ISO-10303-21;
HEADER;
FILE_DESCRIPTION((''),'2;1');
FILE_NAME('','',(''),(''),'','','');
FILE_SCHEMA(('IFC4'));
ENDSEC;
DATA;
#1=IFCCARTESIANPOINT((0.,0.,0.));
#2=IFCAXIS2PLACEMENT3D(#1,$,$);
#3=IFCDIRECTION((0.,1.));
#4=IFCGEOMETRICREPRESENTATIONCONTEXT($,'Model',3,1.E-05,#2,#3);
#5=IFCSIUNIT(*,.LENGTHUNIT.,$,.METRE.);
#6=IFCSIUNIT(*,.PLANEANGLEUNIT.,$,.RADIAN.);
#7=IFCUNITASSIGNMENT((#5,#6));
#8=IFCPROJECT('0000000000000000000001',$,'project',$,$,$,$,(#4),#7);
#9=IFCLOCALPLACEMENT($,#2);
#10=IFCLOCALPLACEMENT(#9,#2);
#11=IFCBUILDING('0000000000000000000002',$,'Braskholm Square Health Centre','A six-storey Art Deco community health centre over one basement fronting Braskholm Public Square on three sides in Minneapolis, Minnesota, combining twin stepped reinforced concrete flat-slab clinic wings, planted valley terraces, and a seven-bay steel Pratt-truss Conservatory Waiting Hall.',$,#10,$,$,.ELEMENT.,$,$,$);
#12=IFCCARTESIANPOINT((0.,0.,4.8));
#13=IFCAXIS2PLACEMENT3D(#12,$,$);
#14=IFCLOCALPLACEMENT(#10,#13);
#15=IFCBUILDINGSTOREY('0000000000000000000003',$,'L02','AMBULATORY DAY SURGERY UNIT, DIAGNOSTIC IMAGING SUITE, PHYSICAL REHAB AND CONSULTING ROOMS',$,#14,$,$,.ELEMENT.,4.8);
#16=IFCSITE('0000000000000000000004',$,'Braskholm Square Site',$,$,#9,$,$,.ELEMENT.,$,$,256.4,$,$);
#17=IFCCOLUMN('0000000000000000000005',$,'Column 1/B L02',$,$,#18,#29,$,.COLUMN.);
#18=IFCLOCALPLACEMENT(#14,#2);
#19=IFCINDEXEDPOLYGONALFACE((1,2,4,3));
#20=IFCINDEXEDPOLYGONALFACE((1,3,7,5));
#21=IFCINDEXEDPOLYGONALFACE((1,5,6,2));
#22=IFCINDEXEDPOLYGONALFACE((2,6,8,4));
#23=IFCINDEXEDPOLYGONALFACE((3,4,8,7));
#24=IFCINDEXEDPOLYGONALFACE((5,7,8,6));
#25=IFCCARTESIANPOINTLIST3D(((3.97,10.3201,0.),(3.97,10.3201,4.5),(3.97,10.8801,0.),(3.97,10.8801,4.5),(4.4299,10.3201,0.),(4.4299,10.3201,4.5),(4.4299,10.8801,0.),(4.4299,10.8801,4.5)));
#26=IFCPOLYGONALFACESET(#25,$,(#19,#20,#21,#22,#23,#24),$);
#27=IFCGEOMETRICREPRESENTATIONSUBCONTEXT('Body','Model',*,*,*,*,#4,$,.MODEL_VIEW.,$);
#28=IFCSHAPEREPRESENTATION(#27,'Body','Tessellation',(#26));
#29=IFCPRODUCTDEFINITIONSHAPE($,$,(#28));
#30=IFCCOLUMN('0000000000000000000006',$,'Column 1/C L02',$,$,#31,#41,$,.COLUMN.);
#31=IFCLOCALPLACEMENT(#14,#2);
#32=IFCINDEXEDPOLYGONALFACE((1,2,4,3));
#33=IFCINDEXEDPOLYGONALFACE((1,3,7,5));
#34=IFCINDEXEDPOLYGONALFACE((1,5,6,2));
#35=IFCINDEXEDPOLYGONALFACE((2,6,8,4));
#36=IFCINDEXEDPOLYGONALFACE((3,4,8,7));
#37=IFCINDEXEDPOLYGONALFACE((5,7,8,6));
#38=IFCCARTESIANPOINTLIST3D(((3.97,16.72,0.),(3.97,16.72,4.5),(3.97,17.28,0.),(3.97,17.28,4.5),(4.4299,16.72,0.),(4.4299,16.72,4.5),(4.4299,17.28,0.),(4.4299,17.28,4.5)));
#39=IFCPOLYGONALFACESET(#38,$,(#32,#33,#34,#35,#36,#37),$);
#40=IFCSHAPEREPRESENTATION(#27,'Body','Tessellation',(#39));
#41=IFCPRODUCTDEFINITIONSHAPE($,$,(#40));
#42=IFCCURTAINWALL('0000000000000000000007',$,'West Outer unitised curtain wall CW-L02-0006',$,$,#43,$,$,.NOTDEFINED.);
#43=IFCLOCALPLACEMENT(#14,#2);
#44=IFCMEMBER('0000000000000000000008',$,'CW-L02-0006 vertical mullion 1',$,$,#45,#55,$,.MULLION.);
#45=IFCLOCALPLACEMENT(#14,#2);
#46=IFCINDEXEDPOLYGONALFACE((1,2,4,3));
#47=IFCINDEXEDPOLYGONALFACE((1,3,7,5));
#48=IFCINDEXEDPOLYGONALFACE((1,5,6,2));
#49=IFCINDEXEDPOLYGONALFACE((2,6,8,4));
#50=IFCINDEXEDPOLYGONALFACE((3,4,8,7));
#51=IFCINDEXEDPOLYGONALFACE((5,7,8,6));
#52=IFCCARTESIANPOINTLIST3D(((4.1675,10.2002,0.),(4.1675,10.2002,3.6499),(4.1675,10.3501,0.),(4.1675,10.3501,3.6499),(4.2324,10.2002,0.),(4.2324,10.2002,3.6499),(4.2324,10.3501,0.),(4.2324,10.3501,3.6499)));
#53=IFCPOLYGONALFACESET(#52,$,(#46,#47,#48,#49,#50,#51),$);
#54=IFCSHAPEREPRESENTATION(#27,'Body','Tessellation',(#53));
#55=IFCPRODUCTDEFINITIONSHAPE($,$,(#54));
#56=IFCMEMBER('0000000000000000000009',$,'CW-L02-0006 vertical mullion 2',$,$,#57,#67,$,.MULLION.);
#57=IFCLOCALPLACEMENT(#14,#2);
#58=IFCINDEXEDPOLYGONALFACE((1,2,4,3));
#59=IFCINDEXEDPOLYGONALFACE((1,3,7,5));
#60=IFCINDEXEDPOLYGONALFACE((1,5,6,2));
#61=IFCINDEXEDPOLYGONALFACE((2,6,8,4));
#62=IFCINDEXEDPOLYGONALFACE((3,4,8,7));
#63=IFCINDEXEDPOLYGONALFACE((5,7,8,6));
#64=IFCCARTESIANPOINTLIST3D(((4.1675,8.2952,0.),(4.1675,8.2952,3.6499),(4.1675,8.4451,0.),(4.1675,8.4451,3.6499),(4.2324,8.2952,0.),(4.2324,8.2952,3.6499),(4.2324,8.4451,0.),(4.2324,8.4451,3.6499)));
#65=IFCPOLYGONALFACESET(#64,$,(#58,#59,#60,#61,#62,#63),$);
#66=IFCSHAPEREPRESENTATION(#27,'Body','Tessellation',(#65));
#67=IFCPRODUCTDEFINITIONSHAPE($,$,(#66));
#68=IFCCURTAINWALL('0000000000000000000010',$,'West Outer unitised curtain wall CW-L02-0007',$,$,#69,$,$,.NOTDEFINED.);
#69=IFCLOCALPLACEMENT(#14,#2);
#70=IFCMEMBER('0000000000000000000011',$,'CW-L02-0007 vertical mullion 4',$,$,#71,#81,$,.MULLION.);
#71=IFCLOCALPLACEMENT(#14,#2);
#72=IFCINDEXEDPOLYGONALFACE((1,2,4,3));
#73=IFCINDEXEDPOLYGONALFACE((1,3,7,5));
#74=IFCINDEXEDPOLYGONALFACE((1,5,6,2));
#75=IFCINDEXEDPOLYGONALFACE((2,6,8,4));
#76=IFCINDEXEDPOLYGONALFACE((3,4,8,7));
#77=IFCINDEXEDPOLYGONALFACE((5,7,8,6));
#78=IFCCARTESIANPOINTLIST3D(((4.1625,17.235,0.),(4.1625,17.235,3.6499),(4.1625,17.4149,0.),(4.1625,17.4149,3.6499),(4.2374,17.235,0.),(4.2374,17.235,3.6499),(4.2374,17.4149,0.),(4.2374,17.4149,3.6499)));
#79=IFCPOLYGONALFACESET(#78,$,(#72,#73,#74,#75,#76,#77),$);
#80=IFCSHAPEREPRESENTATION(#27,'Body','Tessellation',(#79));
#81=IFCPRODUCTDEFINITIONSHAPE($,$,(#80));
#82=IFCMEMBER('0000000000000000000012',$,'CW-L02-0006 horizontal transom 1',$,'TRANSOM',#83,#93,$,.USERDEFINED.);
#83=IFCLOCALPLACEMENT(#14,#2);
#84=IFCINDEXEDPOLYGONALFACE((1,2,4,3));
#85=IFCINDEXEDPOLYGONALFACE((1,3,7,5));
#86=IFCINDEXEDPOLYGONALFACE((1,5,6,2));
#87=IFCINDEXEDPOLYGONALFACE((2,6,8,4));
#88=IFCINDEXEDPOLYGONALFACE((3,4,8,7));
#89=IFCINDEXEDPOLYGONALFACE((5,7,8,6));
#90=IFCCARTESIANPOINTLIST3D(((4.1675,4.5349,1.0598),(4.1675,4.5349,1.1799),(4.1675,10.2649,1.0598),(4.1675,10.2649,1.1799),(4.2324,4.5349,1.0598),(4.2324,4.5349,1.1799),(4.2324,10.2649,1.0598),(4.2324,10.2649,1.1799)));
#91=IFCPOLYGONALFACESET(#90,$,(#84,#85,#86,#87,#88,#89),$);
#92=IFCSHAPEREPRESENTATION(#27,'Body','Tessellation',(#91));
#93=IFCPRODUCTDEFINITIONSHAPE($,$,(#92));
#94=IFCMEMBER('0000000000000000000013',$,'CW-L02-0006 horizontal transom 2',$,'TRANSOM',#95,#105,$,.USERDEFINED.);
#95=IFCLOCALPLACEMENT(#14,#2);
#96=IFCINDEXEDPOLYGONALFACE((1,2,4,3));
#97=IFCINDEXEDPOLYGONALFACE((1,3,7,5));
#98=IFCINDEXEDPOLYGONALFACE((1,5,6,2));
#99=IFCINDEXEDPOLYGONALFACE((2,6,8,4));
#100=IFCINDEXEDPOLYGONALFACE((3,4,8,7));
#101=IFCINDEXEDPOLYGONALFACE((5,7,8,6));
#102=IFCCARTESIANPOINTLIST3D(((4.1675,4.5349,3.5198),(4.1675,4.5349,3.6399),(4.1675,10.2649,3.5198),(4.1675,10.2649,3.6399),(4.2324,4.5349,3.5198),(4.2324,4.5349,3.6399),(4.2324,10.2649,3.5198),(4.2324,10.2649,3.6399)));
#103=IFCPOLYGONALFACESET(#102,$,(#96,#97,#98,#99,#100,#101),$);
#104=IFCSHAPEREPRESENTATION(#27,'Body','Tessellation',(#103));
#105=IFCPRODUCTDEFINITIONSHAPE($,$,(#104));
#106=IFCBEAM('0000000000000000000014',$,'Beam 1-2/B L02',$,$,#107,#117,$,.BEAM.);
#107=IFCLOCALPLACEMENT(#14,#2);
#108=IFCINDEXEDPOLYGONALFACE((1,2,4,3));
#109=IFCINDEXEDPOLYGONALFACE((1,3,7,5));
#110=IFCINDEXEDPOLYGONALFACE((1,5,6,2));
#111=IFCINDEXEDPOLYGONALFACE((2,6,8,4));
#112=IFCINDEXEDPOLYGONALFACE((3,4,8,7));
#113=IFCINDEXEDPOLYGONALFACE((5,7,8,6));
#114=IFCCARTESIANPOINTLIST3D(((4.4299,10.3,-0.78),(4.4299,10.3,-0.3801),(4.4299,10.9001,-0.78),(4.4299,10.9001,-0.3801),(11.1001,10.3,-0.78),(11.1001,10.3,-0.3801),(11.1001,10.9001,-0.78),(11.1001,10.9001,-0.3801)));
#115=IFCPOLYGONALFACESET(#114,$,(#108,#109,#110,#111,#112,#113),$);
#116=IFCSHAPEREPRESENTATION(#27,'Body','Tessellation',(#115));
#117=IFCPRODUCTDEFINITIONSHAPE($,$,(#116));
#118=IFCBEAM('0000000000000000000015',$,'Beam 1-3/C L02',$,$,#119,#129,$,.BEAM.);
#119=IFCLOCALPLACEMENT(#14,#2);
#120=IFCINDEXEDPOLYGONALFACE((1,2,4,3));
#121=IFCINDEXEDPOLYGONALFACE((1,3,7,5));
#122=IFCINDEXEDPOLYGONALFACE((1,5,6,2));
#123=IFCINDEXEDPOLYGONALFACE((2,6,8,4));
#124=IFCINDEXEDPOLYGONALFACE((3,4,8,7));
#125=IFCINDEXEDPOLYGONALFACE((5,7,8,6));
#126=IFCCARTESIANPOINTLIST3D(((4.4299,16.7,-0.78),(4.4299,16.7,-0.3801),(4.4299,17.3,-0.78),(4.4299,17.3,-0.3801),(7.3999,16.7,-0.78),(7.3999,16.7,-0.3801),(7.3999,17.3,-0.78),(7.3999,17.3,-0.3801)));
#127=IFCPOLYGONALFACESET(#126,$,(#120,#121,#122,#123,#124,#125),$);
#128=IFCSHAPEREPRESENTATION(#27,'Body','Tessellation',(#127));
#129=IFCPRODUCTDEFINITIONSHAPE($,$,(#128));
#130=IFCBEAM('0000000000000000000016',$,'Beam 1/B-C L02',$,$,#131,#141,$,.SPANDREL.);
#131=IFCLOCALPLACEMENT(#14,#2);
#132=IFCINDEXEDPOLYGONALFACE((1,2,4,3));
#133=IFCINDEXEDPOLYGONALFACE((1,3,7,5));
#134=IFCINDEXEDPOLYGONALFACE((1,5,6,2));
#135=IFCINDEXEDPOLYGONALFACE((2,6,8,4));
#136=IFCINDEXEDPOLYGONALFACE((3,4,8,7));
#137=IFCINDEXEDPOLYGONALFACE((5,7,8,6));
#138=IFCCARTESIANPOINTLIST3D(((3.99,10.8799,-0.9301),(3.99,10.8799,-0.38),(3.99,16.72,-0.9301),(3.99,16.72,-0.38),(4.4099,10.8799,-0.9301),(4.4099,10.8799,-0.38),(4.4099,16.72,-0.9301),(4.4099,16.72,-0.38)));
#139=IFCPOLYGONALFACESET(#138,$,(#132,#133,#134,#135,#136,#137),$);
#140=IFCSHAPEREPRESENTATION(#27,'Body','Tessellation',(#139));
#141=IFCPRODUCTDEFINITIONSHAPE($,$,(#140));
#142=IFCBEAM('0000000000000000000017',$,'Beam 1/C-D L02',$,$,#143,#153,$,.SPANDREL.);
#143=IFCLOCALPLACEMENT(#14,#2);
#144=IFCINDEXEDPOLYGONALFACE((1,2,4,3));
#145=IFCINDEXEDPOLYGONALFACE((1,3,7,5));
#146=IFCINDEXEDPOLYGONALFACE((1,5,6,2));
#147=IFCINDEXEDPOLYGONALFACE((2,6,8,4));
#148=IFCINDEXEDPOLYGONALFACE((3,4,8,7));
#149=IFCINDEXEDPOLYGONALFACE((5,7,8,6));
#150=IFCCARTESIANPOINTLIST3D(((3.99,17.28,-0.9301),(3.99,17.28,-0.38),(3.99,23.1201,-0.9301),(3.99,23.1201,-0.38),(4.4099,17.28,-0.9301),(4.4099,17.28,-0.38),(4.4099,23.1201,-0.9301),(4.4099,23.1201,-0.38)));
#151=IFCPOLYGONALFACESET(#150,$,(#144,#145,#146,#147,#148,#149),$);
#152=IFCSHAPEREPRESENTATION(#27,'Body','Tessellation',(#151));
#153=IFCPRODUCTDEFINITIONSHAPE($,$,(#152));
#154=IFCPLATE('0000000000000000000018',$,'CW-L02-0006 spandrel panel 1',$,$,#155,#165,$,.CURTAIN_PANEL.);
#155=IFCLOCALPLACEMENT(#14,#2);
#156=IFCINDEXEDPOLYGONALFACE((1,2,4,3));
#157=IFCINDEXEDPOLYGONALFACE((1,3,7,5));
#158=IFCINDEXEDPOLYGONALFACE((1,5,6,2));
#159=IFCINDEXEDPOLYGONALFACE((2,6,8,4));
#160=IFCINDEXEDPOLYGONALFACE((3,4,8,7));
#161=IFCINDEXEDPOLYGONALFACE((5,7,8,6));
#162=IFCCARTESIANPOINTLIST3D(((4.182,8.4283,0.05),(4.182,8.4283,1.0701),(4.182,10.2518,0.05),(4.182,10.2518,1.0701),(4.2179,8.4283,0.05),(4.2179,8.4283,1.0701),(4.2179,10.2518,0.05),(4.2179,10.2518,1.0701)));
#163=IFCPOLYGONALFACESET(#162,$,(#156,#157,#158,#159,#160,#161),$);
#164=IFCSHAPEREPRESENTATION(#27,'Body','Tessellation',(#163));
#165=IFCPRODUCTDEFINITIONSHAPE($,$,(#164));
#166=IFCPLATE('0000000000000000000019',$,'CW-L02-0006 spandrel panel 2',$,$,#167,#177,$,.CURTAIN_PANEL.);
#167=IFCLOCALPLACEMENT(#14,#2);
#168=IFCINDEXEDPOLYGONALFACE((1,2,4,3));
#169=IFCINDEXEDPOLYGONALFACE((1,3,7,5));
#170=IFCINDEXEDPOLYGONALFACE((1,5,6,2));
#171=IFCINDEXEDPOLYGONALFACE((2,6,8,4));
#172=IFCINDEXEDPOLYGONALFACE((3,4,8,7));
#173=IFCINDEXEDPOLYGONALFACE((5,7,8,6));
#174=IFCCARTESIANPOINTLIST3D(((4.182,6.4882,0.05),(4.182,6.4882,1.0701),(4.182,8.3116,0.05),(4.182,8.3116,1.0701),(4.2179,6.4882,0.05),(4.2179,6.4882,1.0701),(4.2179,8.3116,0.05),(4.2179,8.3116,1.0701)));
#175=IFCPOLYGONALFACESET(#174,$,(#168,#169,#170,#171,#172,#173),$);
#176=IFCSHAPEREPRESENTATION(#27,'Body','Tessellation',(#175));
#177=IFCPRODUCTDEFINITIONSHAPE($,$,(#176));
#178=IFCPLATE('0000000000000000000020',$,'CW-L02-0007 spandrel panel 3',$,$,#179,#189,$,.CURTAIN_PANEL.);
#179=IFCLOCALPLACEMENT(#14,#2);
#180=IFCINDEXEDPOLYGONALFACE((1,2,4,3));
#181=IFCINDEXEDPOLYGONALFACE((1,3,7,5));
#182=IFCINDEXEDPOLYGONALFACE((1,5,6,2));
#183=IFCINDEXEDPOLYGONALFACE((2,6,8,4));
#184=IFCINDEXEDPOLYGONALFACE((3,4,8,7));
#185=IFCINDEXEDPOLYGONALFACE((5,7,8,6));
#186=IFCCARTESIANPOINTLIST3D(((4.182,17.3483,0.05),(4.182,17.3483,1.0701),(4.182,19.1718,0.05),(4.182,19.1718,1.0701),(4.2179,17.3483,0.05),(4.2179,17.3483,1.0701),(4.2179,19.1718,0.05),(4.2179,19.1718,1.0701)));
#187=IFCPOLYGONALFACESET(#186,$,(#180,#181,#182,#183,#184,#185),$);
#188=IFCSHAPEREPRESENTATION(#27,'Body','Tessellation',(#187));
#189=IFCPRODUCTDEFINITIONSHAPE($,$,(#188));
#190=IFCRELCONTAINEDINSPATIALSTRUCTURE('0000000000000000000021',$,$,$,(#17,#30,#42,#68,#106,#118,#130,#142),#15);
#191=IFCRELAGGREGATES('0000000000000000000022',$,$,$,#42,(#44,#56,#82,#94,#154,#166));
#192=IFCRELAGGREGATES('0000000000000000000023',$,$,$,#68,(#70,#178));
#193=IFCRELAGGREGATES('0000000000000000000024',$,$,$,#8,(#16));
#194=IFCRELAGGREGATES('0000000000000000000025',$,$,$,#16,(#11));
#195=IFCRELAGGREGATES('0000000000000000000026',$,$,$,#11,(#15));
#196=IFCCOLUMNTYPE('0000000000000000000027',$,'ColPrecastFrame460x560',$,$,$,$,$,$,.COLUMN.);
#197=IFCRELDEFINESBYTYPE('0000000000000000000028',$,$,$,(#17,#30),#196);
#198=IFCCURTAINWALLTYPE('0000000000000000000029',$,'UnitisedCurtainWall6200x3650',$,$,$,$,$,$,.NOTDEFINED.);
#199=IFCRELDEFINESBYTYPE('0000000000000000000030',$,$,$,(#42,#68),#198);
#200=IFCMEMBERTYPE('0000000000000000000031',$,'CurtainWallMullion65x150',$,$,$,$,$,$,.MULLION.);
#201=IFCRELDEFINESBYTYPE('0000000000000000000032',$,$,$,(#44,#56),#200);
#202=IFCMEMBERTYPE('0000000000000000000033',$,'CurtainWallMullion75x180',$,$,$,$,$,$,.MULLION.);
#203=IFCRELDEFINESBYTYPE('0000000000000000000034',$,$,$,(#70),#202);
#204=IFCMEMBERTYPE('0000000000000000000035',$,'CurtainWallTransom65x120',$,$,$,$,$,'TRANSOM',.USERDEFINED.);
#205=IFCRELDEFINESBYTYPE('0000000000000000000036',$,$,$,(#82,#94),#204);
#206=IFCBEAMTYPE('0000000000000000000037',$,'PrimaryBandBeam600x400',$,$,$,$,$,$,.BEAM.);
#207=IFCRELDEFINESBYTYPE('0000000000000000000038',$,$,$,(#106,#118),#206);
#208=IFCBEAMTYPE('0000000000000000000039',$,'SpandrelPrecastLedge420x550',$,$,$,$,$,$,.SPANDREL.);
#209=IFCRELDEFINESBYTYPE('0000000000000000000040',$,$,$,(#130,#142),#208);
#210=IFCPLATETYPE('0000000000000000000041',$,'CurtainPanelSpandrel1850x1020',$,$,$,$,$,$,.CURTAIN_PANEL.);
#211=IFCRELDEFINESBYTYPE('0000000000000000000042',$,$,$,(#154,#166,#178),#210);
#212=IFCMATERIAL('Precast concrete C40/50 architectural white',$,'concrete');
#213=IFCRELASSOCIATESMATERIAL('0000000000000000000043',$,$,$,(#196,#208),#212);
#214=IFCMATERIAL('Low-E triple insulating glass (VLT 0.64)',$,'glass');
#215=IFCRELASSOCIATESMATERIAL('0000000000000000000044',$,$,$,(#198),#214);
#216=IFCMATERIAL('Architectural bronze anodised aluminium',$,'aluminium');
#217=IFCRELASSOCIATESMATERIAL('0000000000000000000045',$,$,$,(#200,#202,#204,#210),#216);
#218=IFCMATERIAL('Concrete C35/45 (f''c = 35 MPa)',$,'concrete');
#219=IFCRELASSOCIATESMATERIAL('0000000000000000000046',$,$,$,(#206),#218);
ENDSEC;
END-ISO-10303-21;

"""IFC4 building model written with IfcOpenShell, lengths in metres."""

from ifc_helpers import new_model, si_unit, direction, frame, origin, origin_2d, place, context, subcontext, project, spatial, rectangle, extrude, material, material_profile, profile_set, type_object, element, aggregate, save


model = new_model("IFC4")

# Units and contexts
model_context = context("Model", 3, precision=1e-05, world=origin(), true_north=direction((0.0, 1.0)))
body_context = subcontext(model_context, "Body", "Model", "MODEL_VIEW")
ifc_project = project(units=[si_unit("LENGTHUNIT", "METRE"), si_unit("PLANEANGLEUNIT", "RADIAN")], contexts=[model_context])

# Site, building, storey
site_placement = place(None, origin())
site = spatial("IfcSite", under=ifc_project, at=site_placement, Name="Braskholm Square Site", CompositionType="ELEMENT", RefElevation=256.4)
building_placement = place(site_placement, origin())
building = spatial("IfcBuilding", under=site, at=building_placement, Name="Braskholm Square Health Centre", Description="A six-storey Art Deco community health centre over one basement fronting Braskholm Public Square on three sides in Minneapolis, Minnesota, combining twin stepped reinforced concrete flat-slab clinic wings, planted valley terraces, and a seven-bay steel Pratt-truss Conservatory Waiting Hall.", CompositionType="ELEMENT")
storey_placement = place(building_placement, frame((0.0, 0.0, 4.8)))
storey = spatial("IfcBuildingStorey", under=building, at=storey_placement, Name="L02", Description="AMBULATORY DAY SURGERY UNIT, DIAGNOSTIC IMAGING SUITE, PHYSICAL REHAB AND CONSULTING ROOMS", CompositionType="ELEMENT", Elevation=4.8)

# Columns
ifc_material_1 = material(Name="Precast concrete C40/50 architectural white", Category="concrete")
ifc_material_profile_1 = material_profile(ifc_material_1, rectangle(XDim=0.46, YDim=0.5601, at=origin_2d()), Name="RC-460X560")
ifc_profile_set_1 = profile_set([ifc_material_profile_1], Name="Precast concrete C40/50 architectural white")
column_type = type_object("IfcColumnType", Name="ColPrecastFrame460x560", PredefinedType="COLUMN", material=ifc_profile_set_1)
for number, where, z_axis, x_axis, name in (
    (1, (4.2, 10.6001, 0.0), (0.0, 0.0, 1.0), (1.0, 0.0, 0.0), "Column 1/B L02"),
    (2, (4.2, 17.0, 0.0), (0.0, 0.0, 1.0), (1.0, 0.0, 0.0), "Column 1/C L02"),
):
    element("IfcColumn", number, at=place(storey_placement, frame(where, z_axis=z_axis, x_axis=x_axis)), inside=storey, type_object=column_type, Name=name, PredefinedType="COLUMN", context=body_context, shape_type="SweptSolid", body=[
        extrude(rectangle(XDim=0.46, YDim=0.5601, at=origin_2d()), origin(), (0.0, 0.0, 1.0), 4.5),
    ])

# Curtain wall, members
ifc_material_2 = material(Name="Low-E triple insulating glass (VLT 0.64)", Category="glass")
curtain_wall_type = type_object("IfcCurtainWallType", Name="UnitisedCurtainWall6200x3650", PredefinedType="NOTDEFINED", material=ifc_material_2)
curtain_wall_1_placement = place(storey_placement, origin())
curtain_wall_1 = element("IfcCurtainWall", 3, at=curtain_wall_1_placement, inside=storey, type_object=curtain_wall_type, Name="West Outer unitised curtain wall CW-L02-0006", PredefinedType="NOTDEFINED")
ifc_material_3 = material(Name="Architectural bronze anodised aluminium", Category="aluminium")
ifc_material_profile_2 = material_profile(ifc_material_3, rectangle(XDim=0.0649, YDim=0.1499, at=origin_2d()), Name="ALU-65X150")
ifc_profile_set_2 = profile_set([ifc_material_profile_2], Name="Architectural bronze anodised aluminium")
member_type_1 = type_object("IfcMemberType", Name="CurtainWallMullion65x150", PredefinedType="MULLION", material=ifc_profile_set_2)
member_1_placement = place(storey_placement, frame((4.2, 10.2751, 0.0), z_axis=(0.0, 0.0, 1.0), x_axis=(1.0, 0.0, 0.0)))
member_1 = element("IfcMember", 4, at=member_1_placement, type_object=member_type_1, Name="CW-L02-0006 vertical mullion 1", PredefinedType="MULLION", context=body_context, shape_type="SweptSolid", body=[
    extrude(rectangle(XDim=0.0649, YDim=0.1499, at=origin_2d()), origin(), (0.0, 0.0, 1.0), 3.6499),
])
member_2_placement = place(storey_placement, frame((4.2, 8.3701, 0.0), z_axis=(0.0, 0.0, 1.0), x_axis=(1.0, 0.0, 0.0)))
member_2 = element("IfcMember", 5, at=member_2_placement, type_object=member_type_1, Name="CW-L02-0006 vertical mullion 2", PredefinedType="MULLION", context=body_context, shape_type="SweptSolid", body=[
    extrude(rectangle(XDim=0.0649, YDim=0.1499, at=origin_2d()), origin(), (0.0, 0.0, 1.0), 3.6499),
])

# Curtain wall, member
curtain_wall_2_placement = place(storey_placement, origin())
curtain_wall_2 = element("IfcCurtainWall", 6, at=curtain_wall_2_placement, inside=storey, type_object=curtain_wall_type, Name="West Outer unitised curtain wall CW-L02-0007", PredefinedType="NOTDEFINED")
ifc_material_profile_3 = material_profile(ifc_material_3, rectangle(XDim=0.075, YDim=0.1799, at=origin_2d()), Name="ALU-75X180")
ifc_profile_set_3 = profile_set([ifc_material_profile_3], Name="Architectural bronze anodised aluminium")
member_type_2 = type_object("IfcMemberType", Name="CurtainWallMullion75x180", PredefinedType="MULLION", material=ifc_profile_set_3)
member_3_placement = place(storey_placement, frame((4.2, 17.325, 0.0), z_axis=(0.0, 0.0, 1.0), x_axis=(1.0, 0.0, 0.0)))
member_3 = element("IfcMember", 7, at=member_3_placement, type_object=member_type_2, Name="CW-L02-0007 vertical mullion 4", PredefinedType="MULLION", context=body_context, shape_type="SweptSolid", body=[
    extrude(rectangle(XDim=0.075, YDim=0.1799, at=origin_2d()), origin(), (0.0, 0.0, 1.0), 3.6499),
])

# Members
ifc_material_profile_4 = material_profile(ifc_material_3, rectangle(XDim=0.0649, YDim=0.1201, at=origin_2d()), Name="ALU-65X120")
ifc_profile_set_4 = profile_set([ifc_material_profile_4], Name="Architectural bronze anodised aluminium")
member_type_3 = type_object("IfcMemberType", Name="CurtainWallTransom65x120", ElementType="TRANSOM", PredefinedType="USERDEFINED", material=ifc_profile_set_4)
member_4_placement = place(storey_placement, frame((4.2, 10.2649, 1.1199), z_axis=(0.0, -1.0, 0.0), x_axis=(1.0, 0.0, 0.0)))
member_4 = element("IfcMember", 8, at=member_4_placement, type_object=member_type_3, Name="CW-L02-0006 horizontal transom 1", ObjectType="TRANSOM", PredefinedType="USERDEFINED", context=body_context, shape_type="SweptSolid", body=[
    extrude(rectangle(XDim=0.0649, YDim=0.1201, at=origin_2d()), origin(), (0.0, 0.0, 1.0), 5.73),
])
member_5_placement = place(storey_placement, frame((4.2, 10.2649, 3.5798), z_axis=(0.0, -1.0, 0.0), x_axis=(1.0, 0.0, 0.0)))
member_5 = element("IfcMember", 9, at=member_5_placement, type_object=member_type_3, Name="CW-L02-0006 horizontal transom 2", ObjectType="TRANSOM", PredefinedType="USERDEFINED", context=body_context, shape_type="SweptSolid", body=[
    extrude(rectangle(XDim=0.0649, YDim=0.1201, at=origin_2d()), origin(), (0.0, 0.0, 1.0), 5.73),
])

# Beams
ifc_material_4 = material(Name="Concrete C35/45 (f'c = 35 MPa)", Category="concrete")
ifc_material_profile_5 = material_profile(ifc_material_4, rectangle(XDim=0.6001, YDim=0.3999, at=origin_2d()), Name="RCB-600X400")
ifc_profile_set_5 = profile_set([ifc_material_profile_5], Name="Concrete C35/45 (f'c = 35 MPa)")
beam_type_1 = type_object("IfcBeamType", Name="PrimaryBandBeam600x400", PredefinedType="BEAM", material=ifc_profile_set_5)
beam_1_placement = place(storey_placement, frame((4.4299, 10.6001, -0.5801), z_axis=(1.0, 0.0, 0.0), x_axis=(0.0, 1.0, 0.0)))
element("IfcBeam", 10, at=beam_1_placement, inside=storey, type_object=beam_type_1, Name="Beam 1-2/B L02", PredefinedType="BEAM", context=body_context, shape_type="SweptSolid", body=[
    extrude(rectangle(XDim=0.6001, YDim=0.3999, at=origin_2d()), origin(), (0.0, 0.0, 1.0), 6.6702),
])
beam_2_placement = place(storey_placement, frame((4.4299, 17.0, -0.5801), z_axis=(1.0, 0.0, 0.0), x_axis=(0.0, 1.0, 0.0)))
element("IfcBeam", 11, at=beam_2_placement, inside=storey, type_object=beam_type_1, Name="Beam 1-3/C L02", PredefinedType="BEAM", context=body_context, shape_type="SweptSolid", body=[
    extrude(rectangle(XDim=0.6001, YDim=0.3999, at=origin_2d()), origin(), (0.0, 0.0, 1.0), 2.97),
])
ifc_material_profile_6 = material_profile(ifc_material_1, rectangle(XDim=0.4199, YDim=0.55, at=origin_2d()), Name="RCB-420X550")
ifc_profile_set_6 = profile_set([ifc_material_profile_6], Name="Precast concrete C40/50 architectural white")
beam_type_2 = type_object("IfcBeamType", Name="SpandrelPrecastLedge420x550", PredefinedType="SPANDREL", material=ifc_profile_set_6)
for number, where, z_axis, x_axis, name in (
    (12, (4.2, 10.8799, -0.655), (0.0, 1.0, 0.0), (-1.0, 0.0, 0.0), "Beam 1/B-C L02"),
    (13, (4.2, 17.28, -0.655), (0.0, 1.0, 0.0), (-1.0, 0.0, 0.0), "Beam 1/C-D L02"),
):
    element("IfcBeam", number, at=place(storey_placement, frame(where, z_axis=z_axis, x_axis=x_axis)), inside=storey, type_object=beam_type_2, Name=name, PredefinedType="SPANDREL", context=body_context, shape_type="SweptSolid", body=[
        extrude(rectangle(XDim=0.4199, YDim=0.55, at=origin_2d()), origin(), (0.0, 0.0, 1.0), 5.8401),
    ])

# Plates
plate_type_1 = type_object("IfcPlateType", Name="CurtainPanelSpandrel1850x1020", PredefinedType="CURTAIN_PANEL", material=ifc_material_3)
plate_1_placement = place(storey_placement, frame((4.2, 9.3401, 0.05), z_axis=(0.0, 0.0, 1.0), x_axis=(0.0, -1.0, 0.0)))
plate_1 = element("IfcPlate", 14, at=plate_1_placement, type_object=plate_type_1, Name="CW-L02-0006 spandrel panel 1", PredefinedType="CURTAIN_PANEL", context=body_context, shape_type="SweptSolid", body=[
    extrude(rectangle(XDim=1.8235, YDim=0.0359, at=origin_2d()), origin(), (0.0, 0.0, 1.0), 1.02),
])
plate_2_placement = place(storey_placement, frame((4.2, 7.3999, 0.05), z_axis=(0.0, 0.0, 1.0), x_axis=(0.0, -1.0, 0.0)))
plate_2 = element("IfcPlate", 15, at=plate_2_placement, type_object=plate_type_1, Name="CW-L02-0006 spandrel panel 2", PredefinedType="CURTAIN_PANEL", context=body_context, shape_type="SweptSolid", body=[
    extrude(rectangle(XDim=1.8235, YDim=0.0359, at=origin_2d()), origin(), (0.0, 0.0, 1.0), 1.02),
])
plate_3_placement = place(storey_placement, frame((4.2, 18.26, 0.05), z_axis=(0.0, 0.0, 1.0), x_axis=(0.0, -1.0, 0.0)))
plate_3 = element("IfcPlate", 16, at=plate_3_placement, type_object=plate_type_1, Name="CW-L02-0007 spandrel panel 3", PredefinedType="CURTAIN_PANEL", context=body_context, shape_type="SweptSolid", body=[
    extrude(rectangle(XDim=1.8235, YDim=0.0359, at=origin_2d()), origin(), (0.0, 0.0, 1.0), 1.02),
])
aggregate(curtain_wall_1, [member_1, member_2, member_4, member_5, plate_1, plate_2])
aggregate(curtain_wall_2, [member_3, plate_3])

save(model, "model.ifc")
